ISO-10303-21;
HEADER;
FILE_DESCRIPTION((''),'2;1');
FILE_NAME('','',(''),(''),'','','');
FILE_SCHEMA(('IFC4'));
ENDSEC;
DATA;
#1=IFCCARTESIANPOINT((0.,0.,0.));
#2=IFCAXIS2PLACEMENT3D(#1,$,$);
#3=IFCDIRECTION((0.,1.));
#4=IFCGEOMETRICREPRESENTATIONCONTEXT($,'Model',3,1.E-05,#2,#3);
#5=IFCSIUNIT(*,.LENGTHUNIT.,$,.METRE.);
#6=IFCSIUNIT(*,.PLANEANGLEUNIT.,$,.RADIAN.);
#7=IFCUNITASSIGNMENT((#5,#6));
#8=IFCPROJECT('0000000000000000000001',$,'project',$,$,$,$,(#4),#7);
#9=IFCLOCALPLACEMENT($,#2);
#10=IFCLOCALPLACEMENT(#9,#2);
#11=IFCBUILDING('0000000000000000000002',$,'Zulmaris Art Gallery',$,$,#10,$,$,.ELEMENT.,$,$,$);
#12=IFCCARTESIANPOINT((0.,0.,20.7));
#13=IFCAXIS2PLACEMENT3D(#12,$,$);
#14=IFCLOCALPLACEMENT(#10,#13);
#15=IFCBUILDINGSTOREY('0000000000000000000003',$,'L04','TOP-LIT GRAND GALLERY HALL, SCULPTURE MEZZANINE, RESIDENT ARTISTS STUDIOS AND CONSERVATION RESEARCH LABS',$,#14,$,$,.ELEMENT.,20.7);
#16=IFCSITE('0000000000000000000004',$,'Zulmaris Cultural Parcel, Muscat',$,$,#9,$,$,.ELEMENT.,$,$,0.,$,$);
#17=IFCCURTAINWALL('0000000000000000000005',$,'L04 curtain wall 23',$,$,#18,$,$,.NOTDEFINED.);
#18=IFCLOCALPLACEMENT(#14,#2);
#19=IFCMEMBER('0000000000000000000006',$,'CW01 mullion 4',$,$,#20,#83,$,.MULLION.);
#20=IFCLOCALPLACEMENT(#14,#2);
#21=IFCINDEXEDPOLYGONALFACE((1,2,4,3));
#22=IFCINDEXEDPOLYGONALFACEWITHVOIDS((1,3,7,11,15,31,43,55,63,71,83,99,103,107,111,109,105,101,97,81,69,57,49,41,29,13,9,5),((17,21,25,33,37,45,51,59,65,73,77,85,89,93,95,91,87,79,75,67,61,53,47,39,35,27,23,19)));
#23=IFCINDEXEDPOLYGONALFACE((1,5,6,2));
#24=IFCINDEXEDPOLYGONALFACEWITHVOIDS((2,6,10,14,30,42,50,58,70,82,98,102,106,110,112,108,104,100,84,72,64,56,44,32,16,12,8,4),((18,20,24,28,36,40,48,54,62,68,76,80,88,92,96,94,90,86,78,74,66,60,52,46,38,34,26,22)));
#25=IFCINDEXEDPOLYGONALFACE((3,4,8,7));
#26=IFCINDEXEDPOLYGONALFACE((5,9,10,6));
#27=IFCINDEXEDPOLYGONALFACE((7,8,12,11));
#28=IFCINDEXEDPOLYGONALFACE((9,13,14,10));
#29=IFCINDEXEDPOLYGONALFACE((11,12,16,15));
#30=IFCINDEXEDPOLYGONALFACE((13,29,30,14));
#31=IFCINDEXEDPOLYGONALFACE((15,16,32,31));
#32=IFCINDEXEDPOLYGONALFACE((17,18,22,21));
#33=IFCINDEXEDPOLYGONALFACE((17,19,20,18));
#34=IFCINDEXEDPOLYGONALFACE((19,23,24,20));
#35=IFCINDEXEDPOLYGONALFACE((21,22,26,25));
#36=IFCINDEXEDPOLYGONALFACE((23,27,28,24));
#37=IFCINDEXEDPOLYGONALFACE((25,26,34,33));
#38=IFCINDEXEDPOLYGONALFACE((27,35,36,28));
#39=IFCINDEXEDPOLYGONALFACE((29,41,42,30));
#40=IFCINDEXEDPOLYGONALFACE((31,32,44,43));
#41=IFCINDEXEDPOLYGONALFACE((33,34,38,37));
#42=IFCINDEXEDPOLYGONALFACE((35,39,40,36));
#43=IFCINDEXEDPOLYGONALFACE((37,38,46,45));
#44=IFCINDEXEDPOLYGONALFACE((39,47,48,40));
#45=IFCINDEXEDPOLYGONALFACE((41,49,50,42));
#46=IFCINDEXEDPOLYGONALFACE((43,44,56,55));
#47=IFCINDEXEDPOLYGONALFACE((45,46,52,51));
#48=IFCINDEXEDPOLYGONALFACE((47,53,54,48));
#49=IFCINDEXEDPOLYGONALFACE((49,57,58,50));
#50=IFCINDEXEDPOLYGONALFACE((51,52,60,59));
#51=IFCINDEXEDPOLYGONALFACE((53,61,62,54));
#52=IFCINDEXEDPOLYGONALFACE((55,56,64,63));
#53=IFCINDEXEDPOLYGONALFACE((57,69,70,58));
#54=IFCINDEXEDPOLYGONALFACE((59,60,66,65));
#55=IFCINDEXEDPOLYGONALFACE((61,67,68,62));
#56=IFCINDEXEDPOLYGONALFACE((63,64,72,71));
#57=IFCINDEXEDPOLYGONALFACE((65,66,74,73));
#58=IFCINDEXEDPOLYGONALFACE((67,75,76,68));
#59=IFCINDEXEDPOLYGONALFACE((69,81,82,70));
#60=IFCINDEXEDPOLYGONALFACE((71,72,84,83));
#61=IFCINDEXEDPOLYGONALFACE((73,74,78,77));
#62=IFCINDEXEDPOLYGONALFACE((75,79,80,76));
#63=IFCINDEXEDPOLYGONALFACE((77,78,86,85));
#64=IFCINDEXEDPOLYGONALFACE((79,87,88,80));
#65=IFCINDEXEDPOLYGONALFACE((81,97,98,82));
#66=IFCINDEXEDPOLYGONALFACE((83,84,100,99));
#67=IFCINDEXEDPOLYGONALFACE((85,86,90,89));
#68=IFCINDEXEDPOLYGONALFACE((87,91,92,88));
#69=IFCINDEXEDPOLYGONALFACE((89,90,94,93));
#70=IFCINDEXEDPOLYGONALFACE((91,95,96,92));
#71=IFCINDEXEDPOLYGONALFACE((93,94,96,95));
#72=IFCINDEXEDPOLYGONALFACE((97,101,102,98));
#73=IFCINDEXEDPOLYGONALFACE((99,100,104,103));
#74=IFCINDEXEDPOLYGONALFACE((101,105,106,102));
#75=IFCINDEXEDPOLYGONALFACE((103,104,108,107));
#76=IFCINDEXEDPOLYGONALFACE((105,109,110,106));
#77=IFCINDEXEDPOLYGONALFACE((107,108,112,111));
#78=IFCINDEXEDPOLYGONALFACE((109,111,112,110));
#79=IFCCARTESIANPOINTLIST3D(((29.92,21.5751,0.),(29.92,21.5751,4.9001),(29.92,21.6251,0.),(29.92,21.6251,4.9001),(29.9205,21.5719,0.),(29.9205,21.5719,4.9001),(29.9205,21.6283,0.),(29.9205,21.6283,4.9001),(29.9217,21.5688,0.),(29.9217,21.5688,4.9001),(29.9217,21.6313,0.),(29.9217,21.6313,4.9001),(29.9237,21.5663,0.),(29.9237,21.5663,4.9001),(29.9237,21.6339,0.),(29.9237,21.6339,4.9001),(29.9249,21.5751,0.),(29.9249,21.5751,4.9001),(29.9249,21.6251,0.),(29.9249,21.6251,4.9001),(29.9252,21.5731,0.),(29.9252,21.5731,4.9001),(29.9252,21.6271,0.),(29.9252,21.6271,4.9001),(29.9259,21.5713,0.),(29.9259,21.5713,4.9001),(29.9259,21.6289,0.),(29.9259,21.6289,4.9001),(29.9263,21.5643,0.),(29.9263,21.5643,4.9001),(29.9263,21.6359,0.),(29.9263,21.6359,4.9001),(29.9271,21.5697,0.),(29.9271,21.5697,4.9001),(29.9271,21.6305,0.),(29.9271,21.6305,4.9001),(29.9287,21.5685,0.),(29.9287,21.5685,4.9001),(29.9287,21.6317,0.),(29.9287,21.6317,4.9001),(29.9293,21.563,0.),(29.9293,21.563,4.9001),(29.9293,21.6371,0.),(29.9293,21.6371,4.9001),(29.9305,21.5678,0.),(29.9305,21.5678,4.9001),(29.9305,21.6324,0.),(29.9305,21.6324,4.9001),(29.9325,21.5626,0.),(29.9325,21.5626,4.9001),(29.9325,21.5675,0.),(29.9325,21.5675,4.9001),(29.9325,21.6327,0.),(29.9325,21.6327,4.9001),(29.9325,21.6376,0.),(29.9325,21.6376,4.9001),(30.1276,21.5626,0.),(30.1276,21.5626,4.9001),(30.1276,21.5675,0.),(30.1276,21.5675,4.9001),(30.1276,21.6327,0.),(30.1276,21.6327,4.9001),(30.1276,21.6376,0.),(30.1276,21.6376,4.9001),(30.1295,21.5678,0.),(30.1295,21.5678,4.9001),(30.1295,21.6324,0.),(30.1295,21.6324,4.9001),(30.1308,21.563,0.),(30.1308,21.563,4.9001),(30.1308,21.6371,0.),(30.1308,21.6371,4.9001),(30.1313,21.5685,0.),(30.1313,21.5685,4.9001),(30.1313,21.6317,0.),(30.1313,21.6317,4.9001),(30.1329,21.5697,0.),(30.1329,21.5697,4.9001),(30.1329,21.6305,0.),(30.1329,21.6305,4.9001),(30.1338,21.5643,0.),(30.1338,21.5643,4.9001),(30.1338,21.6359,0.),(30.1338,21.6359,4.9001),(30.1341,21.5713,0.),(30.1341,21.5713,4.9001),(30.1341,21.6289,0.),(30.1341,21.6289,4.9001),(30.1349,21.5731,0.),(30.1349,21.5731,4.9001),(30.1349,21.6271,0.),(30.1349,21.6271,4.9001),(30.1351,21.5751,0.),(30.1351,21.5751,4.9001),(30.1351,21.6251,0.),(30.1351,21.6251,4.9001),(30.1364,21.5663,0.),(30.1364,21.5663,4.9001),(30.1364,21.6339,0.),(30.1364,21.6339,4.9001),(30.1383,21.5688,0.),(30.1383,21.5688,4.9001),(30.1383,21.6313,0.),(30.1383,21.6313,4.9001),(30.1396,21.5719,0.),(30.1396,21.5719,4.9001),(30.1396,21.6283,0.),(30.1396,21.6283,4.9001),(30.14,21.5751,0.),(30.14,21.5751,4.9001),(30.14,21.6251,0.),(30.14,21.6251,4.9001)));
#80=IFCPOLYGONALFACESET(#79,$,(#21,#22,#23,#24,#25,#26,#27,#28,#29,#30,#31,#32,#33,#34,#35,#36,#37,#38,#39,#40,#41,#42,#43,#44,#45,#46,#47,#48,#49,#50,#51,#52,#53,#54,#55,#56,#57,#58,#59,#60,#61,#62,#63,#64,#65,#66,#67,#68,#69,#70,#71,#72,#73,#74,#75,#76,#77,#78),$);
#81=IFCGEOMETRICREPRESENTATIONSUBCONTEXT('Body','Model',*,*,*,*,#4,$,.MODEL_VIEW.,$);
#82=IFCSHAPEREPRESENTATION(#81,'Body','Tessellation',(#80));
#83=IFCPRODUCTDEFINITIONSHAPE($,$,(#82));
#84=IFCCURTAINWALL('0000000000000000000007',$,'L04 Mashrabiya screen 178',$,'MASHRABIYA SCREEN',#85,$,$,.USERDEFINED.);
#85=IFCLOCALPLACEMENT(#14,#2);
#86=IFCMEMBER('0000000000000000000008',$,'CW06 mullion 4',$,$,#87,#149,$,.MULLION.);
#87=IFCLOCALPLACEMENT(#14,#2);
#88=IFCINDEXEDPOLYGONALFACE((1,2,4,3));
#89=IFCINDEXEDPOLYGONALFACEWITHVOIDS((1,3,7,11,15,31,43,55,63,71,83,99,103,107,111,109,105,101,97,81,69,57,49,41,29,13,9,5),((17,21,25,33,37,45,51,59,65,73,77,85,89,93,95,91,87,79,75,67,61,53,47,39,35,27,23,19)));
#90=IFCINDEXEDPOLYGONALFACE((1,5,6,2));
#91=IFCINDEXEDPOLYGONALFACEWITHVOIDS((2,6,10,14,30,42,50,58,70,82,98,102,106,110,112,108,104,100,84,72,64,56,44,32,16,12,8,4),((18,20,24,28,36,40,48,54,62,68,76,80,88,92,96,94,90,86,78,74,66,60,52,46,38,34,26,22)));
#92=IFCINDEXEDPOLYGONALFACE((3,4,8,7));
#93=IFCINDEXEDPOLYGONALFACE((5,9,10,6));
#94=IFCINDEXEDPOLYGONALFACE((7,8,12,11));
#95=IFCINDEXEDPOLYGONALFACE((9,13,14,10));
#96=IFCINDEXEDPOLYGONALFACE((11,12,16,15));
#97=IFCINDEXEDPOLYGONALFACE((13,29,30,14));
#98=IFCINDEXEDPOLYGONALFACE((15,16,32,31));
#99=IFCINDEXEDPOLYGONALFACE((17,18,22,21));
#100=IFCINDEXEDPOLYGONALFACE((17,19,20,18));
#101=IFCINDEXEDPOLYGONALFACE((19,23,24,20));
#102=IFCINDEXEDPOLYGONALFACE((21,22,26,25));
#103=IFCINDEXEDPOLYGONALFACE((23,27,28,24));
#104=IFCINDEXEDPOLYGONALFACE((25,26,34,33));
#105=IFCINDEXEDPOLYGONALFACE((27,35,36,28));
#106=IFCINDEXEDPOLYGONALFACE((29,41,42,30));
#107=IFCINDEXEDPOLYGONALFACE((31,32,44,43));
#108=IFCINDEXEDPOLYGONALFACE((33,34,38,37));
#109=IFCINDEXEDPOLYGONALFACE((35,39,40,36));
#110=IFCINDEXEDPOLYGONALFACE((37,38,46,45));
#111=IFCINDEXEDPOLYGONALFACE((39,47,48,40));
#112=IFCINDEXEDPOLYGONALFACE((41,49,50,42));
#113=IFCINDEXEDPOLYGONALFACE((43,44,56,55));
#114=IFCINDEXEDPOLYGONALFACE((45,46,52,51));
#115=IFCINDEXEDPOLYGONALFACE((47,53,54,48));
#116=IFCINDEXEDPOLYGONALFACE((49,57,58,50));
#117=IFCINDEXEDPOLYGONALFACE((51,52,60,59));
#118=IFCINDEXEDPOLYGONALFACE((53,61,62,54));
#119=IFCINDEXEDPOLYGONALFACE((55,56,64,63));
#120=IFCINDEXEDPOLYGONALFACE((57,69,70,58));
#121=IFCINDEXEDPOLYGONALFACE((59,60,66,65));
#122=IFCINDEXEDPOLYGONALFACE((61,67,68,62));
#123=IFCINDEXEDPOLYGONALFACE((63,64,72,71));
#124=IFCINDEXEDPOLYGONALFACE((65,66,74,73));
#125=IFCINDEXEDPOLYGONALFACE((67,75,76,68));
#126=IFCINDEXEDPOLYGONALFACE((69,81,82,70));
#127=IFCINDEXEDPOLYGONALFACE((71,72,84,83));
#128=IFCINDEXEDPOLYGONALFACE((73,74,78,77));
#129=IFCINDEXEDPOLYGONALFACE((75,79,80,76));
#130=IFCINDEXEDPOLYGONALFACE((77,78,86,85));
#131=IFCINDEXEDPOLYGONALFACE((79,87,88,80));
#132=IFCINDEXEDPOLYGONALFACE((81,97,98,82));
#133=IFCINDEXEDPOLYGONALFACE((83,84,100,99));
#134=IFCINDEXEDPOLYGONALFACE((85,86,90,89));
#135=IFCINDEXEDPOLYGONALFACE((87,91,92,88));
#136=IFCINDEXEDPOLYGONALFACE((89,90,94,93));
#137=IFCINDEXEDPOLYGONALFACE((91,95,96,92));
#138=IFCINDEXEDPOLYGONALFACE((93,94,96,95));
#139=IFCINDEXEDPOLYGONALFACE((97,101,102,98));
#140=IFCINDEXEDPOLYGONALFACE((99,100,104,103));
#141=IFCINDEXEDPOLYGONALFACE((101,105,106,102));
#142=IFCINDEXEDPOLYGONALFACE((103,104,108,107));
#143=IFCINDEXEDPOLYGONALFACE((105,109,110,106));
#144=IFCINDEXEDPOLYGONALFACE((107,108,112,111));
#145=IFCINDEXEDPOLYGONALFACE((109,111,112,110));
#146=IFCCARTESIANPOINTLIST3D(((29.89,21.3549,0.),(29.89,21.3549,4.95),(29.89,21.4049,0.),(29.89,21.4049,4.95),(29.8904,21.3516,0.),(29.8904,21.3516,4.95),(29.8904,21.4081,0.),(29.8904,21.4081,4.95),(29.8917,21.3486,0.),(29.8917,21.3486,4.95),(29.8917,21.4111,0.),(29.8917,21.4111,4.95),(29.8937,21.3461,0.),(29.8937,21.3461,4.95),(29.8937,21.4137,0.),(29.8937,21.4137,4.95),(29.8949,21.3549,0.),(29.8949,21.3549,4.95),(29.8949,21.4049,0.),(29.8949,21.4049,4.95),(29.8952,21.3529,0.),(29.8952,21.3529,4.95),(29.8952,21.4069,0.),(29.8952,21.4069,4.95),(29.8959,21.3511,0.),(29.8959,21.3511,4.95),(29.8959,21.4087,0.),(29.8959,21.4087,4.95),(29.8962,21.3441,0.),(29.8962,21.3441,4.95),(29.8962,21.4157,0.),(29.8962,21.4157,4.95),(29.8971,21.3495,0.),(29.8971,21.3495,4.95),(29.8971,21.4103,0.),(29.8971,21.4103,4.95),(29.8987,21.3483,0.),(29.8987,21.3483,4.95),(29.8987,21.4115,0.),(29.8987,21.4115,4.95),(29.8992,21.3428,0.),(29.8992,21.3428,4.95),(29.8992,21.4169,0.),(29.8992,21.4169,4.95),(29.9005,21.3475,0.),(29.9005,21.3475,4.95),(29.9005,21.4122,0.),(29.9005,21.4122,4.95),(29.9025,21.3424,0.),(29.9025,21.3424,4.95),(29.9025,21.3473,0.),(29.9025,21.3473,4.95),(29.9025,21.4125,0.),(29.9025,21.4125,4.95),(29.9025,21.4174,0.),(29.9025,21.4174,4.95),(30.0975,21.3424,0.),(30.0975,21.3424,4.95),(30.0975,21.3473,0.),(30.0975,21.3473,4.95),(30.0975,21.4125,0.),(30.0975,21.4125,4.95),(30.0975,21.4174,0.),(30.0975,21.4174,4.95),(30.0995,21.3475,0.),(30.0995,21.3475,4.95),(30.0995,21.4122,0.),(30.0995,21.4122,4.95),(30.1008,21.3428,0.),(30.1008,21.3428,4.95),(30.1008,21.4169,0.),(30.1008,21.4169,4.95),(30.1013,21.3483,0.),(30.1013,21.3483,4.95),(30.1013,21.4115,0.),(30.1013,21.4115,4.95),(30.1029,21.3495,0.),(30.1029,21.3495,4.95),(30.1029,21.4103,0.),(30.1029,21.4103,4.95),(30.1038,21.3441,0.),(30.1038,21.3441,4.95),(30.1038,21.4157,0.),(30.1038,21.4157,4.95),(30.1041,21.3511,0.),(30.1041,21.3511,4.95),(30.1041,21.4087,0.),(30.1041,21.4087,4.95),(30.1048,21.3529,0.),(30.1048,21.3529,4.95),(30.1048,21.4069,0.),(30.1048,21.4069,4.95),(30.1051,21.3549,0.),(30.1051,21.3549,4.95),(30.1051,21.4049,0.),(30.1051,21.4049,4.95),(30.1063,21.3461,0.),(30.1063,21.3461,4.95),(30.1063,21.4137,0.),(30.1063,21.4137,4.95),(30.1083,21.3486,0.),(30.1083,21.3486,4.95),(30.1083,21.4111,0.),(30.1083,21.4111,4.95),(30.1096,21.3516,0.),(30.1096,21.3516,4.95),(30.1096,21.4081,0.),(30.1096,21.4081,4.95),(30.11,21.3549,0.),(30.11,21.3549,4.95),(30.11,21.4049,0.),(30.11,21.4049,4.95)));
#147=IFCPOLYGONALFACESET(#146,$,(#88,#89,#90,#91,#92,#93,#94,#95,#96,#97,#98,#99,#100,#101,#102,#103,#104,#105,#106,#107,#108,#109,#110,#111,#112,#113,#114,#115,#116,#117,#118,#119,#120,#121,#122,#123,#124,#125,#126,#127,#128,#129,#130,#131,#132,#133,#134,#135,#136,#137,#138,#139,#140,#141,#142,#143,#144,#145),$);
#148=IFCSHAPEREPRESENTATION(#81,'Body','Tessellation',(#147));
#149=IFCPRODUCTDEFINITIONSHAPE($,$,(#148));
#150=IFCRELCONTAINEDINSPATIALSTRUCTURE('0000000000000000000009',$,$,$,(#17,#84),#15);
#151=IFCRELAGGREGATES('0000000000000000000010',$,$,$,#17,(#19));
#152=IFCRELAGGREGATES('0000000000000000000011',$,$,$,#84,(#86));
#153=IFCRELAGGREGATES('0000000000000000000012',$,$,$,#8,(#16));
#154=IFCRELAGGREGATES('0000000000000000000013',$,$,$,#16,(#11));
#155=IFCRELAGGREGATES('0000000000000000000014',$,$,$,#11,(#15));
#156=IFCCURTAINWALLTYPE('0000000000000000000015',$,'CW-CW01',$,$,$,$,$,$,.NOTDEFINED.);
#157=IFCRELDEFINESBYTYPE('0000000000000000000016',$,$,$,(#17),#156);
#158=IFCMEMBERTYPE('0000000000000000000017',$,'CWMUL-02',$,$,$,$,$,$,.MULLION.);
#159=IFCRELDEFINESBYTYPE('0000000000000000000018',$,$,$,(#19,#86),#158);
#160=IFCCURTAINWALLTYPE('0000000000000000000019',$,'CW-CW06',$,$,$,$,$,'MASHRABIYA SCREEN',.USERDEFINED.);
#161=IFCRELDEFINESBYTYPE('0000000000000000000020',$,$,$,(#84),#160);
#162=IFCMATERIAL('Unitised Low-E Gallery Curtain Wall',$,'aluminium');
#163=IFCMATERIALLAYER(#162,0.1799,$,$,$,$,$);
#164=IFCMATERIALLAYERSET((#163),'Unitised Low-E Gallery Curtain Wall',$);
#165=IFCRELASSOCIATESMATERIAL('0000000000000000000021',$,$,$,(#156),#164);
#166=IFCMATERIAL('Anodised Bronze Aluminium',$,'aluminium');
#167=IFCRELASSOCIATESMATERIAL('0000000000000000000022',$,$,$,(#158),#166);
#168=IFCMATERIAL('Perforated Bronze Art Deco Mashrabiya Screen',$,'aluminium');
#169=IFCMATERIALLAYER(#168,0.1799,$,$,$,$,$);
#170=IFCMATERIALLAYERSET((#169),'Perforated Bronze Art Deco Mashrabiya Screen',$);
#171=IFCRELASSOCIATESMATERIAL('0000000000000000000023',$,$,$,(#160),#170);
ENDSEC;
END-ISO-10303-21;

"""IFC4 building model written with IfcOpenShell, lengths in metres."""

from ifc_helpers import new_model, si_unit, direction, frame, origin, origin_2d, place, context, subcontext, project, spatial, hollow_rectangle, extrude, material, layer, layer_set, material_profile, profile_set, type_object, element, aggregate, save


model = new_model("IFC4")

# Units and contexts
model_context = context("Model", 3, precision=1e-05, world=origin(), true_north=direction((0.0, 1.0)))
body_context = subcontext(model_context, "Body", "Model", "MODEL_VIEW")
ifc_project = project(units=[si_unit("LENGTHUNIT", "METRE"), si_unit("PLANEANGLEUNIT", "RADIAN")], contexts=[model_context])

# Site, building, storey
site_placement = place(None, origin())
site = spatial("IfcSite", under=ifc_project, at=site_placement, Name="Zulmaris Cultural Parcel, Muscat", CompositionType="ELEMENT", RefElevation=0.0)
building_placement = place(site_placement, origin())
building = spatial("IfcBuilding", under=site, at=building_placement, Name="Zulmaris Art Gallery", CompositionType="ELEMENT")
storey_placement = place(building_placement, frame((0.0, 0.0, 20.7)))
storey = spatial("IfcBuildingStorey", under=building, at=storey_placement, Name="L04", Description="TOP-LIT GRAND GALLERY HALL, SCULPTURE MEZZANINE, RESIDENT ARTISTS STUDIOS AND CONSERVATION RESEARCH LABS", CompositionType="ELEMENT", Elevation=20.7)

# Curtain walls, members
ifc_material_1 = material(Name="Unitised Low-E Gallery Curtain Wall", Category="aluminium")
ifc_layer_1 = layer(ifc_material_1, 0.1799)
ifc_layer_set_1 = layer_set([ifc_layer_1], Name="Unitised Low-E Gallery Curtain Wall")
curtain_wall_type_1 = type_object("IfcCurtainWallType", Name="CW-CW01", PredefinedType="NOTDEFINED", material=ifc_layer_set_1)
curtain_wall_1_placement = place(storey_placement, origin())
curtain_wall_1 = element("IfcCurtainWall", 1, at=curtain_wall_1_placement, inside=storey, type_object=curtain_wall_type_1, Name="L04 curtain wall 23", PredefinedType="NOTDEFINED")
ifc_material_2 = material(Name="Anodised Bronze Aluminium", Category="aluminium")
ifc_material_profile_1 = material_profile(ifc_material_2, hollow_rectangle(XDim=0.075, YDim=0.22, WallThickness=0.0049, InnerFilletRadius=0.0076, OuterFilletRadius=0.0125, at=origin_2d()), Name="ALU 75x220x5")
ifc_profile_set_1 = profile_set([ifc_material_profile_1], Name="Anodised Bronze Aluminium")
member_type_1 = type_object("IfcMemberType", Name="CWMUL-02", PredefinedType="MULLION", material=ifc_profile_set_1)
member_1_placement = place(storey_placement, frame((30.03, 21.6001, 0.0), z_axis=(0.0, 0.0, 1.0), x_axis=(0.0, 1.0, 0.0)))
member_1 = element("IfcMember", 2, at=member_1_placement, type_object=member_type_1, Name="CW01 mullion 4", PredefinedType="MULLION", context=body_context, shape_type="SweptSolid", body=[
    extrude(hollow_rectangle(XDim=0.075, YDim=0.22, WallThickness=0.0049, InnerFilletRadius=0.0076, OuterFilletRadius=0.0125, at=origin_2d()), origin(), (0.0, 0.0, 1.0), 4.9001),
])
ifc_material_3 = material(Name="Perforated Bronze Art Deco Mashrabiya Screen", Category="aluminium")
ifc_layer_2 = layer(ifc_material_3, 0.1799)
ifc_layer_set_2 = layer_set([ifc_layer_2], Name="Perforated Bronze Art Deco Mashrabiya Screen")
curtain_wall_type_2 = type_object("IfcCurtainWallType", Name="CW-CW06", ElementType="MASHRABIYA SCREEN", PredefinedType="USERDEFINED", material=ifc_layer_set_2)
curtain_wall_2_placement = place(storey_placement, origin())
curtain_wall_2 = element("IfcCurtainWall", 3, at=curtain_wall_2_placement, inside=storey, type_object=curtain_wall_type_2, Name="L04 Mashrabiya screen 178", ObjectType="MASHRABIYA SCREEN", PredefinedType="USERDEFINED")
member_2_placement = place(storey_placement, frame((30.0, 21.3799, 0.0), z_axis=(0.0, 0.0, 1.0), x_axis=(0.0, 1.0, 0.0)))
member_2 = element("IfcMember", 4, at=member_2_placement, type_object=member_type_1, Name="CW06 mullion 4", PredefinedType="MULLION", context=body_context, shape_type="SweptSolid", body=[
    extrude(hollow_rectangle(XDim=0.075, YDim=0.22, WallThickness=0.0049, InnerFilletRadius=0.0076, OuterFilletRadius=0.0125, at=origin_2d()), origin(), (0.0, 0.0, 1.0), 4.95),
])

aggregate(curtain_wall_1, [member_1])
aggregate(curtain_wall_2, [member_2])

save(model, "model.ifc")
